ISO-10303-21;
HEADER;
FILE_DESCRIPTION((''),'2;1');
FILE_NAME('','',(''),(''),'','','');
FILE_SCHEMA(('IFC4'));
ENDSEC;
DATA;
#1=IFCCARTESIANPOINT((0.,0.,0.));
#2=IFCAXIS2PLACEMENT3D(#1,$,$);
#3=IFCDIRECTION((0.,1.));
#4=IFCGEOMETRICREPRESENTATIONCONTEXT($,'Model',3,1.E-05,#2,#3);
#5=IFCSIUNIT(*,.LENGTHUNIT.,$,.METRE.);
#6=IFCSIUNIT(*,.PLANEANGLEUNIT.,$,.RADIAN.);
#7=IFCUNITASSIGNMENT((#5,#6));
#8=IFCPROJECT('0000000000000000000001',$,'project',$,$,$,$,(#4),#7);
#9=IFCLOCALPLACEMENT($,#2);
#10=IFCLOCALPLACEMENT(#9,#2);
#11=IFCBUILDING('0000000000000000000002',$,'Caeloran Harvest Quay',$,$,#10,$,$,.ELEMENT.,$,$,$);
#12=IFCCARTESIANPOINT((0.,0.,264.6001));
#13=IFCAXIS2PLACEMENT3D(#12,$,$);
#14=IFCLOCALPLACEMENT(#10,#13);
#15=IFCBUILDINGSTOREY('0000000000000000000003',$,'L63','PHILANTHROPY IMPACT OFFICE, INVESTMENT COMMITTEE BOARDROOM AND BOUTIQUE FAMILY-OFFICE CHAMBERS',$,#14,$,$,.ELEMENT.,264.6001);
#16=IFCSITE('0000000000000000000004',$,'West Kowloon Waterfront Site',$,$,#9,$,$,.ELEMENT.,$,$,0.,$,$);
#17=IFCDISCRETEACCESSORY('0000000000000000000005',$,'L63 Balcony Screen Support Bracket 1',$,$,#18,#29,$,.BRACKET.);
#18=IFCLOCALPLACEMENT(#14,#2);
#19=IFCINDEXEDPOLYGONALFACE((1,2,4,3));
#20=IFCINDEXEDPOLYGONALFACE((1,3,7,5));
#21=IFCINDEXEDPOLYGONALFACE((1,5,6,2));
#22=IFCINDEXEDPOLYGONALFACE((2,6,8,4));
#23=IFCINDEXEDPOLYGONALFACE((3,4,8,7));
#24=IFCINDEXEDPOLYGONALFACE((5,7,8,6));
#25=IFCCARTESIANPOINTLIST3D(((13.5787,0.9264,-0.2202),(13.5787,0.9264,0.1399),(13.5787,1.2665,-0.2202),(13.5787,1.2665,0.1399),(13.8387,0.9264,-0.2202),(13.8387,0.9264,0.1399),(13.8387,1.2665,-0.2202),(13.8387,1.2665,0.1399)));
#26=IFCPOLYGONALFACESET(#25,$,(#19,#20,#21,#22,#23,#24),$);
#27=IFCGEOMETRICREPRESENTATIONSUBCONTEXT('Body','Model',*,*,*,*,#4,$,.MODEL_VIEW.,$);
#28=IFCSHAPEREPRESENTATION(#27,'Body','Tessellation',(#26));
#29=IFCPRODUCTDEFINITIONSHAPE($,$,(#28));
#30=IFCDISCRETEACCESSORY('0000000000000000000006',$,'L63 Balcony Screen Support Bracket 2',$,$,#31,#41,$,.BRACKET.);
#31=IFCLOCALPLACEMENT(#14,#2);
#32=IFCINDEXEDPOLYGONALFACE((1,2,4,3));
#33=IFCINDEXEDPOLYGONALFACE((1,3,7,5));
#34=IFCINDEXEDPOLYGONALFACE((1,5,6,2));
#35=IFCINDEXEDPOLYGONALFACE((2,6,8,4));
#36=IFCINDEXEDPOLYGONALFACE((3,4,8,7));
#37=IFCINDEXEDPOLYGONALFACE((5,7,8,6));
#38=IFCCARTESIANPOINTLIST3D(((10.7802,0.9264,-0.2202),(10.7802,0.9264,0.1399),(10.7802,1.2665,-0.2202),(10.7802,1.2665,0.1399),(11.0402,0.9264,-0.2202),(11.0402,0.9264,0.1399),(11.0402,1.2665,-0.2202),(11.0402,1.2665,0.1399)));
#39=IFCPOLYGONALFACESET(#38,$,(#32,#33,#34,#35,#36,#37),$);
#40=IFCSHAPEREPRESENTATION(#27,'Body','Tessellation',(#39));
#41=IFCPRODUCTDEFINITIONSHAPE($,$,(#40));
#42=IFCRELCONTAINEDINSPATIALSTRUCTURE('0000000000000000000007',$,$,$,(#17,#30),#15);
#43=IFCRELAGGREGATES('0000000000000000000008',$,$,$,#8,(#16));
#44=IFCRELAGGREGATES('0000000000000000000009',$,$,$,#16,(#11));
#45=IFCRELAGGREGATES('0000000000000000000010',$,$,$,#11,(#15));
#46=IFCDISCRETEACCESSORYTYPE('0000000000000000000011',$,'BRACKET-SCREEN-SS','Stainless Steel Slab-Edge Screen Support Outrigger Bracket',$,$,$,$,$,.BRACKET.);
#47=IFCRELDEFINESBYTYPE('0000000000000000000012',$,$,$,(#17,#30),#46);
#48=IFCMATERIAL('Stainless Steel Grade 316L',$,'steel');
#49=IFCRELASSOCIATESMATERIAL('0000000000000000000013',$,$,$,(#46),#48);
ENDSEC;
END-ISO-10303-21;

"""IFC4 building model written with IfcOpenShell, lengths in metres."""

from ifc_helpers import new_model, si_unit, direction, frame, origin, origin_2d, place, context, subcontext, project, spatial, rectangle, extrude, material, type_object, element, save


model = new_model("IFC4")

# Units and contexts
model_context = context("Model", 3, precision=1e-05, world=origin(), true_north=direction((0.0, 1.0)))
body_context = subcontext(model_context, "Body", "Model", "MODEL_VIEW")
ifc_project = project(units=[si_unit("LENGTHUNIT", "METRE"), si_unit("PLANEANGLEUNIT", "RADIAN")], contexts=[model_context])

# Site, building, storey
site_placement = place(None, origin())
site = spatial("IfcSite", under=ifc_project, at=site_placement, Name="West Kowloon Waterfront Site", CompositionType="ELEMENT", RefElevation=0.0)
building_placement = place(site_placement, origin())
building = spatial("IfcBuilding", under=site, at=building_placement, Name="Caeloran Harvest Quay", CompositionType="ELEMENT")
storey_placement = place(building_placement, frame((0.0, 0.0, 264.6001)))
storey = spatial("IfcBuildingStorey", under=building, at=storey_placement, Name="L63", Description="PHILANTHROPY IMPACT OFFICE, INVESTMENT COMMITTEE BOARDROOM AND BOUTIQUE FAMILY-OFFICE CHAMBERS", CompositionType="ELEMENT", Elevation=264.6001)

# Discrete accessories
ifc_material_1 = material(Name="Stainless Steel Grade 316L", Category="steel")
discrete_accessory_type = type_object("IfcDiscreteAccessoryType", Name="BRACKET-SCREEN-SS", Description="Stainless Steel Slab-Edge Screen Support Outrigger Bracket", PredefinedType="BRACKET", material=ifc_material_1)
for number, where, z_axis, x_axis, name in (
    (1, (13.7087, 1.0964, -0.2202), (0.0, 0.0, 1.0), (1.0, 0.0, 0.0), "L63 Balcony Screen Support Bracket 1"),
    (2, (10.9102, 1.0964, -0.2202), (0.0, 0.0, 1.0), (1.0, 0.0, 0.0), "L63 Balcony Screen Support Bracket 2"),
):
    element("IfcDiscreteAccessory", number, at=place(storey_placement, frame(where, z_axis=z_axis, x_axis=x_axis)), inside=storey, type_object=discrete_accessory_type, Name=name, PredefinedType="BRACKET", context=body_context, shape_type="SweptSolid", body=[
        extrude(rectangle(XDim=0.26, YDim=0.3401, at=origin_2d()), origin(), (0.0, 0.0, 1.0), 0.3601),
    ])

save(model, "model.ifc")
